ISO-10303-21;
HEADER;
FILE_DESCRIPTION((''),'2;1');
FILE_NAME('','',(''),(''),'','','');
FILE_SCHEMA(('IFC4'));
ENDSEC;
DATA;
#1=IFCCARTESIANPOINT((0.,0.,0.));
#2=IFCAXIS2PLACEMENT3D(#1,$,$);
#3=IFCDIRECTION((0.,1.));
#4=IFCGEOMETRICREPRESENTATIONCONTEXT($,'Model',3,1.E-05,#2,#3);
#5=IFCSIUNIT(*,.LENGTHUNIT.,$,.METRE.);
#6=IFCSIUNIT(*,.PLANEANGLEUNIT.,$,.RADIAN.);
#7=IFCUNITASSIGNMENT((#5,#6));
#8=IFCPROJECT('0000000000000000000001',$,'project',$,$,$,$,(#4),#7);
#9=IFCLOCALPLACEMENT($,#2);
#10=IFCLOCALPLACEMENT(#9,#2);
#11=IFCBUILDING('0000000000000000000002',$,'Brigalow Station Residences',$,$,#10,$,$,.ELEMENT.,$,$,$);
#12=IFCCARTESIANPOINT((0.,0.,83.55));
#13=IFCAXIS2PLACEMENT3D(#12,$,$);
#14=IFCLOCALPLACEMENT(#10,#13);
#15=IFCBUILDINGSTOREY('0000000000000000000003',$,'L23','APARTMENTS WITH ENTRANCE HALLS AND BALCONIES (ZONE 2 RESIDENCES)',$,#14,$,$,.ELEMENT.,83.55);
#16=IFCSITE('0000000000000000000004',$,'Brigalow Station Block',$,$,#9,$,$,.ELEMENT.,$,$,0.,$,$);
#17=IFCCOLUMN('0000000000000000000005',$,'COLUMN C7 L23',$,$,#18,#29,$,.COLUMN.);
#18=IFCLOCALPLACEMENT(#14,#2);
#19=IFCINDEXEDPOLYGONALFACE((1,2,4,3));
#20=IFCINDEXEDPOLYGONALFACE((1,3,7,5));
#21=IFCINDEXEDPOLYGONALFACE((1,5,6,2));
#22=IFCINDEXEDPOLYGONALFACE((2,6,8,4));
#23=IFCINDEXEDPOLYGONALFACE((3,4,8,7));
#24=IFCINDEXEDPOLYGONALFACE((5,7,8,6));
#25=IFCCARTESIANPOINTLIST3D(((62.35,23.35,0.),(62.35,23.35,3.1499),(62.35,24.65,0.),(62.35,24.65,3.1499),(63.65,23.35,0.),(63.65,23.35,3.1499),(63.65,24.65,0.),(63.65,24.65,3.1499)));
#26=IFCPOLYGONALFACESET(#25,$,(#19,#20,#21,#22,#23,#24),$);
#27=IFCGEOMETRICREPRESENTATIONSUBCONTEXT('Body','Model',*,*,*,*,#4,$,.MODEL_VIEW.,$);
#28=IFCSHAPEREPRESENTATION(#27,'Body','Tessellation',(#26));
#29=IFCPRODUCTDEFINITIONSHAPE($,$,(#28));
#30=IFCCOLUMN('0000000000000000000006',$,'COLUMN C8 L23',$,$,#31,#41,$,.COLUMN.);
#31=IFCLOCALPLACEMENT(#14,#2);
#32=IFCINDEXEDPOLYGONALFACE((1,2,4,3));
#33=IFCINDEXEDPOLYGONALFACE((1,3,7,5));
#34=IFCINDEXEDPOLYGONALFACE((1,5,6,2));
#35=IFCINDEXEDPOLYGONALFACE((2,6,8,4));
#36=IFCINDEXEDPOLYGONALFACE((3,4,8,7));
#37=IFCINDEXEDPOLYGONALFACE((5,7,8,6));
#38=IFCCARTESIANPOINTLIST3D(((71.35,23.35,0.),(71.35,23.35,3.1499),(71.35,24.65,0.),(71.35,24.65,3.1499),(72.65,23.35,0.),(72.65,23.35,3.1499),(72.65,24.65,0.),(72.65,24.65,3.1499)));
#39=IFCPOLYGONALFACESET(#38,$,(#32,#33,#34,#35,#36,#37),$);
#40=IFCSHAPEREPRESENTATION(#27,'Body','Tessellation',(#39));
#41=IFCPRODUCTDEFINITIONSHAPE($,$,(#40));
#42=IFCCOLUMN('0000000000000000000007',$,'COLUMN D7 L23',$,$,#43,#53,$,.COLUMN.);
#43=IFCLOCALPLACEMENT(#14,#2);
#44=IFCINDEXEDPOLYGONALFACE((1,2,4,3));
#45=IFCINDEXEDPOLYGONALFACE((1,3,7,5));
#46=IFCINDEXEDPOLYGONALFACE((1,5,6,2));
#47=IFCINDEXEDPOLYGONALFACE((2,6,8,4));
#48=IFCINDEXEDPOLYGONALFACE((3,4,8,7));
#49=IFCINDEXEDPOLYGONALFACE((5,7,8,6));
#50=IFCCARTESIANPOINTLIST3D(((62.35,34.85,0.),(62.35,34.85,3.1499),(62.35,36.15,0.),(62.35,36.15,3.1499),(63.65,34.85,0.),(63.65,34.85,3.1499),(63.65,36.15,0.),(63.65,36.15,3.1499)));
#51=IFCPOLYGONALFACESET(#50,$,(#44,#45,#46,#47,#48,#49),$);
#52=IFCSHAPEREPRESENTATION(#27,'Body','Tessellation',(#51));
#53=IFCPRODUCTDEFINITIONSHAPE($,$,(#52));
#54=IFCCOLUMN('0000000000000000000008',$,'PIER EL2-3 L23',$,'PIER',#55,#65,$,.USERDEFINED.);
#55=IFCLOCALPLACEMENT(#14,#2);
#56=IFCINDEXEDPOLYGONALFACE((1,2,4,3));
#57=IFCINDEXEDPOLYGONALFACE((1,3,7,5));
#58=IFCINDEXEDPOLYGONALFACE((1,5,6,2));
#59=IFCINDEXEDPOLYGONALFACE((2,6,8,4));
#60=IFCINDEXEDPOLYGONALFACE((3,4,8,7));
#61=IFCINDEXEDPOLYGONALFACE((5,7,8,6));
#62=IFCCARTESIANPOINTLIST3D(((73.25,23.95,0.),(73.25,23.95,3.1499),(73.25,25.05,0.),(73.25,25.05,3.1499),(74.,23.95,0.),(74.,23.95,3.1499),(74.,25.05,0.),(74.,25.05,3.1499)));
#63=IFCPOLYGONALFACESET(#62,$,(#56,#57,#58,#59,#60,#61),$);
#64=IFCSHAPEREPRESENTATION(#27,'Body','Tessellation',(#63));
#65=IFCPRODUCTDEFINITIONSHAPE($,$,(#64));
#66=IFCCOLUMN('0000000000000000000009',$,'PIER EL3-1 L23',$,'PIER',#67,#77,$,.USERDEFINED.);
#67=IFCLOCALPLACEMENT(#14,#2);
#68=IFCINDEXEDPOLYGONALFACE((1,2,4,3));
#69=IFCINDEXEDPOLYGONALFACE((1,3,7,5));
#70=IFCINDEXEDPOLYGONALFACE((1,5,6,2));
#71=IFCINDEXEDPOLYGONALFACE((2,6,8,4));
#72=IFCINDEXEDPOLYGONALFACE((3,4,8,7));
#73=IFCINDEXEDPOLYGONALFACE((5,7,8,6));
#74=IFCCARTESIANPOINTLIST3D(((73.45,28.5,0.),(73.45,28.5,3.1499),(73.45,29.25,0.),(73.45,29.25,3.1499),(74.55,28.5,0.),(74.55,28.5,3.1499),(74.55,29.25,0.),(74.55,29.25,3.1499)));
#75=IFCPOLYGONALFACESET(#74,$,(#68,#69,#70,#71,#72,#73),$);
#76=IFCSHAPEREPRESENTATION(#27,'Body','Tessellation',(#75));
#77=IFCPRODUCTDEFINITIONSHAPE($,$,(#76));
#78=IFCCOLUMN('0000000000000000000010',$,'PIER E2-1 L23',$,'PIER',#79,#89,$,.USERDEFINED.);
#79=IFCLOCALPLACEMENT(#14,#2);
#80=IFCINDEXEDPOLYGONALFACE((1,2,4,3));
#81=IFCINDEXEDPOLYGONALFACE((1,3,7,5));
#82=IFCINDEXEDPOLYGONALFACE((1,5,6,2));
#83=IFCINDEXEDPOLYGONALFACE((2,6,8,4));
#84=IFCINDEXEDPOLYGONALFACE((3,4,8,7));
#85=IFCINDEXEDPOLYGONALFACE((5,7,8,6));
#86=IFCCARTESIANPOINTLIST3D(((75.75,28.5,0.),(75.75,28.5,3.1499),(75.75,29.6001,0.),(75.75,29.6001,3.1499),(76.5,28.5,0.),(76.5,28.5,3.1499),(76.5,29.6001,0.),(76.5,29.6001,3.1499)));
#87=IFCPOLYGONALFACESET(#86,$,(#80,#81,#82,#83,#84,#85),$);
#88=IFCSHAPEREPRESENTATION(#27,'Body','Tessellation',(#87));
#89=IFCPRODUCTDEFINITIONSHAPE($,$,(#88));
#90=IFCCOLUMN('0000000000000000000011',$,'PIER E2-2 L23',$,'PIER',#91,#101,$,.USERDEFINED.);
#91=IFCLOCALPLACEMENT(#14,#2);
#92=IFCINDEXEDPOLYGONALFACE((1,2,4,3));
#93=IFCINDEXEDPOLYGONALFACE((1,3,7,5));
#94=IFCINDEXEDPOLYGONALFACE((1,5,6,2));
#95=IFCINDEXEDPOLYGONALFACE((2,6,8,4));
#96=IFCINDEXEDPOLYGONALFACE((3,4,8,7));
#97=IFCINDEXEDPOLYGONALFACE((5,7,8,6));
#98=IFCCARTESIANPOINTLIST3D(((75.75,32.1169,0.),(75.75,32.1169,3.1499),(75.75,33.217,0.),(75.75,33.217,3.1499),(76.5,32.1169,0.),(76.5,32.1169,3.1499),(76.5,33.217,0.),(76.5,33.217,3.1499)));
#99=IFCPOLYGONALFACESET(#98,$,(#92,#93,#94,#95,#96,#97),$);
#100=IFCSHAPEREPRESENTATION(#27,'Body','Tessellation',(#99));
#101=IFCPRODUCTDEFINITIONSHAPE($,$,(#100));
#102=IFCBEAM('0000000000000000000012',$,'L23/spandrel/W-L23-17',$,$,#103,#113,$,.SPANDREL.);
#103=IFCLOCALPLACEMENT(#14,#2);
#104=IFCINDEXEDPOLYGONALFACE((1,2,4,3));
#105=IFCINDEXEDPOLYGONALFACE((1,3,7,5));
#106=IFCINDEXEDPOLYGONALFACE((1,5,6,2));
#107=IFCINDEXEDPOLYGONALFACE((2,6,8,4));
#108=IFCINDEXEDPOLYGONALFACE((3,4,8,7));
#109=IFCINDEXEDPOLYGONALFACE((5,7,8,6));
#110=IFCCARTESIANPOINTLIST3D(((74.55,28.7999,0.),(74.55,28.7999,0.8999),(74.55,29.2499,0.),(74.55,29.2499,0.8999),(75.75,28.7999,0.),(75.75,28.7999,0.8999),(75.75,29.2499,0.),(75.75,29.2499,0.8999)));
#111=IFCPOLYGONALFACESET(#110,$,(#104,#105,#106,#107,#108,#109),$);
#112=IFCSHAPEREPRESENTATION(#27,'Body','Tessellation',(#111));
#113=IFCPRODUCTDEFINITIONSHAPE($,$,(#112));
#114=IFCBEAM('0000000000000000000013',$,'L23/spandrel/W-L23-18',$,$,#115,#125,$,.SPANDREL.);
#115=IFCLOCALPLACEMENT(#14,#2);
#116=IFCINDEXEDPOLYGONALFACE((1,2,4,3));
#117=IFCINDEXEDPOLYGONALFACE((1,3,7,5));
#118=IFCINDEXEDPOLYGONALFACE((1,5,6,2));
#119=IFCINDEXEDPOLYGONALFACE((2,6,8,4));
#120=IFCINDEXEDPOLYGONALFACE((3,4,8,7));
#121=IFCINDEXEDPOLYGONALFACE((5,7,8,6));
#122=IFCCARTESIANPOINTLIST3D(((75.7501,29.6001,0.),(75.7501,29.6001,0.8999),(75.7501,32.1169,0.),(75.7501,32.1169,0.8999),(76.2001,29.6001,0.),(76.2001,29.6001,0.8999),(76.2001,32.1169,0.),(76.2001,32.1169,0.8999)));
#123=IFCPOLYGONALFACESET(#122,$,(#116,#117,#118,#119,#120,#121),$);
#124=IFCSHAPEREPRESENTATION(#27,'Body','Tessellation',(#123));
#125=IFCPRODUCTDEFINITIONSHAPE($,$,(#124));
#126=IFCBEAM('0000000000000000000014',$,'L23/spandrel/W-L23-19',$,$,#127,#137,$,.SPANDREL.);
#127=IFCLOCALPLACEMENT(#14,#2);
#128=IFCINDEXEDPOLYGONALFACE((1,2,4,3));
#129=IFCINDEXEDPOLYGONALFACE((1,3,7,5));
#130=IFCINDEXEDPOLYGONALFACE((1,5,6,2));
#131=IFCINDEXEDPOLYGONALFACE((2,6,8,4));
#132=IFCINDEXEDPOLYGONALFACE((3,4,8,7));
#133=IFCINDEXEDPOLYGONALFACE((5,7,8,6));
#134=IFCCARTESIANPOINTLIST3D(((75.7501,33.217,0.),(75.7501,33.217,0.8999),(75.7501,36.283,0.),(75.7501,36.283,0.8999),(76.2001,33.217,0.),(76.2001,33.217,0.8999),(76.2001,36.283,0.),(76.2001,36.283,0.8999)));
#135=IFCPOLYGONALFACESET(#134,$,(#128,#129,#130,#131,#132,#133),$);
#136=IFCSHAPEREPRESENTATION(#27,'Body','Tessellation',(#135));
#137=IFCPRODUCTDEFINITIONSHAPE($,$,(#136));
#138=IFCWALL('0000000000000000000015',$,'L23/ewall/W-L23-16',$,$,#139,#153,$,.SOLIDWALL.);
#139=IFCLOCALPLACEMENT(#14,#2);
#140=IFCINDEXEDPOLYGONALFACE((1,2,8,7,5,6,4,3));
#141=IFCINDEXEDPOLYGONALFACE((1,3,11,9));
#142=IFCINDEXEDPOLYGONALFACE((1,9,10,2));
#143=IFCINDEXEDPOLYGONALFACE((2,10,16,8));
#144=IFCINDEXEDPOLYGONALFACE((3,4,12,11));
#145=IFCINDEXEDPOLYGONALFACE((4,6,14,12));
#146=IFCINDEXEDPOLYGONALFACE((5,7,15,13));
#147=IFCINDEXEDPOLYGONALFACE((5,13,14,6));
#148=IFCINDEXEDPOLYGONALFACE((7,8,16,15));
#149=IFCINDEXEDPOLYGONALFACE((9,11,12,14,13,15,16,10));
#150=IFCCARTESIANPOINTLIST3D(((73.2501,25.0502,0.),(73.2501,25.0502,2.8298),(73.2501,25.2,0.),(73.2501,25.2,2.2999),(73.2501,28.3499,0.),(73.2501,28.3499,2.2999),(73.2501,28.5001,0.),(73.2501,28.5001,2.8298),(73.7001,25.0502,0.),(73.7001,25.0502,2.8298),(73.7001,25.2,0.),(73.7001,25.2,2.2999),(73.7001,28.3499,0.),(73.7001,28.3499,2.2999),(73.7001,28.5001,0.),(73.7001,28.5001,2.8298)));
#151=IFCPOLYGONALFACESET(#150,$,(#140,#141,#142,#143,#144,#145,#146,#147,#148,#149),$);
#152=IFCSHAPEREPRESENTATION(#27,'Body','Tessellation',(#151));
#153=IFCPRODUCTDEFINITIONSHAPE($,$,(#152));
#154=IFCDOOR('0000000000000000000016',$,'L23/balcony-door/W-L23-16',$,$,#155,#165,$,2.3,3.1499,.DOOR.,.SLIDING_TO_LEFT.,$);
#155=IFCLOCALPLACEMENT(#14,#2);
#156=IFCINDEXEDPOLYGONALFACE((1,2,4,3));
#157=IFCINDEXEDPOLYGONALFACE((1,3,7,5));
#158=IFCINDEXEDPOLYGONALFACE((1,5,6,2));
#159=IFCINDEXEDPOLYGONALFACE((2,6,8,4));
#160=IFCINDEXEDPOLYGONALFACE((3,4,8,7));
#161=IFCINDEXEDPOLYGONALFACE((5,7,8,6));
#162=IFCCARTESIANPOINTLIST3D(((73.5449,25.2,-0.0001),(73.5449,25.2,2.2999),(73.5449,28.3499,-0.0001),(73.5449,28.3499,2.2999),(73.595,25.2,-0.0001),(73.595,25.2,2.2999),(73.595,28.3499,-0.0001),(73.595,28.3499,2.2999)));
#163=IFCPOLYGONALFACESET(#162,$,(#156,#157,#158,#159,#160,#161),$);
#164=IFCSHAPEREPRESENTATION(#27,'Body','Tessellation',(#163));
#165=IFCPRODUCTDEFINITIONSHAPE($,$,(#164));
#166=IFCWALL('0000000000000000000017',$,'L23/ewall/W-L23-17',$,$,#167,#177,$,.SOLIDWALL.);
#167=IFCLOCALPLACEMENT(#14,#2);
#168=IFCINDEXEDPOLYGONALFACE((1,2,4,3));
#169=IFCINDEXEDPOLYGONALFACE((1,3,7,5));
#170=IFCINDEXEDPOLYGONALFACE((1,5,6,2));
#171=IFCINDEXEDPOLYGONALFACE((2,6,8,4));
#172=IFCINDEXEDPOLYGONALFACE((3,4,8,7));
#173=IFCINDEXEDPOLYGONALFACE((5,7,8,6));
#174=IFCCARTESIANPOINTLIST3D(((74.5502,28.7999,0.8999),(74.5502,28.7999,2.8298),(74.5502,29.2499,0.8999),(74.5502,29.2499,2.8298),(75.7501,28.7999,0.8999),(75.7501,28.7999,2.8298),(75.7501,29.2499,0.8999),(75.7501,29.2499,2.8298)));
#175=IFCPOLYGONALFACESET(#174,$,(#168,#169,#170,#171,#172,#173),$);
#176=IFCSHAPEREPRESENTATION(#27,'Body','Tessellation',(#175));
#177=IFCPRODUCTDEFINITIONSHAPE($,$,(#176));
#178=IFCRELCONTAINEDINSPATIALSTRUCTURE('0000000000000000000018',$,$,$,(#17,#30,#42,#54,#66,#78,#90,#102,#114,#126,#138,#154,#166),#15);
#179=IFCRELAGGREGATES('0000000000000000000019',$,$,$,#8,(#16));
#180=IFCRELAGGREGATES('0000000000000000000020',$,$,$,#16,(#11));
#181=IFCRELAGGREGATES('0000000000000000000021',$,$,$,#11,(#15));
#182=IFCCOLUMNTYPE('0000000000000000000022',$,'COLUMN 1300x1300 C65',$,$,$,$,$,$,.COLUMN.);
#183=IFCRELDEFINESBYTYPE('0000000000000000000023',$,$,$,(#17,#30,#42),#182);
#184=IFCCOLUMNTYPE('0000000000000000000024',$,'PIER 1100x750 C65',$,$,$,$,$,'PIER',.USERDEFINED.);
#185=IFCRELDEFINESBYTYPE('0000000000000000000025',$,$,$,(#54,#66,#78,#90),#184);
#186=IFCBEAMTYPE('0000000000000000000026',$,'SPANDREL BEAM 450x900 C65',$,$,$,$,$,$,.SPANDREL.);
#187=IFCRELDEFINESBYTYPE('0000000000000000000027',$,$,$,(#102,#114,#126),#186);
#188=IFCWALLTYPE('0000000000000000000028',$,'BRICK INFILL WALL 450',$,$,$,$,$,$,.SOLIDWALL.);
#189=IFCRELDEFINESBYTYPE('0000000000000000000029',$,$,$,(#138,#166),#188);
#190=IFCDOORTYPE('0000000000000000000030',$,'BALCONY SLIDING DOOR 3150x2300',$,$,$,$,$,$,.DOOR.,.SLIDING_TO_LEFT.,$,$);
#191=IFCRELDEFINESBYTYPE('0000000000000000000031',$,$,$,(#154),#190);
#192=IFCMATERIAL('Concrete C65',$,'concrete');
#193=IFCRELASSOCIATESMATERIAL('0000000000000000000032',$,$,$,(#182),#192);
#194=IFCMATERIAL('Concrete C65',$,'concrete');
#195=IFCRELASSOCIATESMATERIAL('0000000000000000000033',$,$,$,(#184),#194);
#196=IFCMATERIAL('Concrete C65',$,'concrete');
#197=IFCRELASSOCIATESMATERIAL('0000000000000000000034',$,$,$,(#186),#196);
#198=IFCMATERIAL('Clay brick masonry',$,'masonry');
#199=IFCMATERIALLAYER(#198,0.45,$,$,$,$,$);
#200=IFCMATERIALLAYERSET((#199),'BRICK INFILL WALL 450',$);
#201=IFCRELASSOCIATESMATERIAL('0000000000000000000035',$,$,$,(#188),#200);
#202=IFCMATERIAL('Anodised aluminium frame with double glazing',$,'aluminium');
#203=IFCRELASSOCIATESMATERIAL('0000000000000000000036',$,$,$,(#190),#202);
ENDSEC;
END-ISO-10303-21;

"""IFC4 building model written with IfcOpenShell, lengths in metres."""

from ifc_helpers import new_model, si_unit, direction, frame, frame_2d, origin, origin_2d, place, context, subcontext, project, spatial, rectangle, extrude, material, layer, layer_set, material_profile, profile_set, type_object, element, fill, save


model = new_model("IFC4")

# Units and contexts
model_context = context("Model", 3, precision=1e-05, world=origin(), true_north=direction((0.0, 1.0)))
body_context = subcontext(model_context, "Body", "Model", "MODEL_VIEW")
ifc_project = project(units=[si_unit("LENGTHUNIT", "METRE"), si_unit("PLANEANGLEUNIT", "RADIAN")], contexts=[model_context])

# Site, building, storey
site_placement = place(None, origin())
site = spatial("IfcSite", under=ifc_project, at=site_placement, Name="Brigalow Station Block", CompositionType="ELEMENT", RefElevation=0.0)
building_placement = place(site_placement, origin())
building = spatial("IfcBuilding", under=site, at=building_placement, Name="Brigalow Station Residences", CompositionType="ELEMENT")
storey_placement = place(building_placement, frame((0.0, 0.0, 83.55)))
storey = spatial("IfcBuildingStorey", under=building, at=storey_placement, Name="L23", Description="APARTMENTS WITH ENTRANCE HALLS AND BALCONIES (ZONE 2 RESIDENCES)", CompositionType="ELEMENT", Elevation=83.55)

# Columns
ifc_material_1 = material(Name="Concrete C65", Category="concrete")
ifc_material_profile_1 = material_profile(ifc_material_1, rectangle(XDim=1.3, YDim=1.3, at=origin_2d()), Name="RC1300x1300")
ifc_profile_set_1 = profile_set([ifc_material_profile_1], Name="Concrete C65")
column_type_1 = type_object("IfcColumnType", Name="COLUMN 1300x1300 C65", PredefinedType="COLUMN", material=ifc_profile_set_1)
for number, where, z_axis, x_axis, name in (
    (1, (63.0, 24.0, 0.0), (0.0, 0.0, 1.0), (1.0, 0.0, 0.0), "COLUMN C7 L23"),
    (2, (72.0, 24.0, 0.0), (0.0, 0.0, 1.0), (1.0, 0.0, 0.0), "COLUMN C8 L23"),
    (3, (63.0, 35.5, 0.0), (0.0, 0.0, 1.0), (1.0, 0.0, 0.0), "COLUMN D7 L23"),
):
    element("IfcColumn", number, at=place(storey_placement, frame(where, z_axis=z_axis, x_axis=x_axis)), inside=storey, type_object=column_type_1, Name=name, PredefinedType="COLUMN", context=body_context, shape_type="SweptSolid", body=[
        extrude(rectangle(XDim=1.3, YDim=1.3, at=origin_2d()), origin(), (0.0, 0.0, 1.0), 3.1499),
    ])
ifc_material_2 = material(Name="Concrete C65", Category="concrete")
ifc_material_profile_2 = material_profile(ifc_material_2, rectangle(XDim=1.1001, YDim=0.75, at=origin_2d()), Name="RC1100x750")
ifc_profile_set_2 = profile_set([ifc_material_profile_2], Name="Concrete C65")
column_type_2 = type_object("IfcColumnType", Name="PIER 1100x750 C65", ElementType="PIER", PredefinedType="USERDEFINED", material=ifc_profile_set_2)
for number, where, z_axis, x_axis, name in (
    (4, (73.625, 24.5, 0.0), (0.0, 0.0, 1.0), (0.0, 1.0, 0.0), "PIER EL2-3 L23"),
    (5, (74.0, 28.875, 0.0), (0.0, 0.0, 1.0), (1.0, 0.0, 0.0), "PIER EL3-1 L23"),
    (6, (76.125, 29.05, 0.0), (0.0, 0.0, 1.0), (0.0, 1.0, 0.0), "PIER E2-1 L23"),
    (7, (76.125, 32.667, 0.0), (0.0, 0.0, 1.0), (0.0, 1.0, 0.0), "PIER E2-2 L23"),
):
    element("IfcColumn", number, at=place(storey_placement, frame(where, z_axis=z_axis, x_axis=x_axis)), inside=storey, type_object=column_type_2, Name=name, ObjectType="PIER", PredefinedType="USERDEFINED", context=body_context, shape_type="SweptSolid", body=[
        extrude(rectangle(XDim=1.1001, YDim=0.75, at=origin_2d()), origin(), (0.0, 0.0, 1.0), 3.1499),
    ])

# Beams
ifc_material_3 = material(Name="Concrete C65", Category="concrete")
ifc_material_profile_3 = material_profile(ifc_material_3, rectangle(XDim=0.45, YDim=0.8999, at=origin_2d()), Name="RC450x900")
ifc_profile_set_3 = profile_set([ifc_material_profile_3], Name="Concrete C65")
beam_type = type_object("IfcBeamType", Name="SPANDREL BEAM 450x900 C65", PredefinedType="SPANDREL", material=ifc_profile_set_3)
beam_1_placement = place(storey_placement, frame((74.55, 29.0249, 0.45), z_axis=(1.0, 0.0, 0.0), x_axis=(0.0, 1.0, 0.0)))
element("IfcBeam", 8, at=beam_1_placement, inside=storey, type_object=beam_type, Name="L23/spandrel/W-L23-17", PredefinedType="SPANDREL", context=body_context, shape_type="SweptSolid", body=[
    extrude(rectangle(XDim=0.45, YDim=0.8999, at=origin_2d()), origin(), (0.0, 0.0, 1.0), 1.2),
])
beam_2_placement = place(storey_placement, frame((75.9751, 29.6001, 0.45), z_axis=(0.0, 1.0, 0.0), x_axis=(-1.0, 0.0, 0.0)))
element("IfcBeam", 9, at=beam_2_placement, inside=storey, type_object=beam_type, Name="L23/spandrel/W-L23-18", PredefinedType="SPANDREL", context=body_context, shape_type="SweptSolid", body=[
    extrude(rectangle(XDim=0.45, YDim=0.8999, at=origin_2d()), origin(), (0.0, 0.0, 1.0), 2.5168),
])
beam_3_placement = place(storey_placement, frame((75.9751, 33.217, 0.45), z_axis=(0.0, 1.0, 0.0), x_axis=(-1.0, 0.0, 0.0)))
element("IfcBeam", 10, at=beam_3_placement, inside=storey, type_object=beam_type, Name="L23/spandrel/W-L23-19", PredefinedType="SPANDREL", context=body_context, shape_type="SweptSolid", body=[
    extrude(rectangle(XDim=0.45, YDim=0.8999, at=origin_2d()), origin(), (0.0, 0.0, 1.0), 3.0659),
])

# Wall, opening, door
ifc_material_4 = material(Name="Clay brick masonry", Category="masonry")
ifc_layer_1 = layer(ifc_material_4, 0.45)
ifc_layer_set_1 = layer_set([ifc_layer_1], Name="BRICK INFILL WALL 450")
wall_type_1 = type_object("IfcWallType", Name="BRICK INFILL WALL 450", PredefinedType="SOLIDWALL", material=ifc_layer_set_1)
wall_1_placement = place(storey_placement, frame((73.4751, 25.05, 0.0), z_axis=(0.0, 0.0, 1.0), x_axis=(0.0, 1.0, 0.0)))
wall_1 = element("IfcWall", 11, at=wall_1_placement, inside=storey, type_object=wall_type_1, Name="L23/ewall/W-L23-16", PredefinedType="SOLIDWALL", context=body_context, shape_type="SweptSolid", body=[
    extrude(rectangle(XDim=3.45, YDim=0.45, at=frame_2d((1.7251, 0.0))), origin(), (0.0, 0.0, 1.0), 2.8298),
])
opening_1_placement = place(wall_1_placement, frame((0.1499, 0.0, 0.0)))
opening_1 = element("IfcOpeningElement", 12, at=opening_1_placement, cuts=wall_1, PredefinedType="OPENING", context=body_context, shape_type="SweptSolid", body=[
    extrude(rectangle(XDim=3.1499, YDim=2.3, at=frame_2d((1.575, 1.1499))), frame((0.0, 0.2349, 0.0), z_axis=(0.0, -1.0, 0.0), x_axis=(1.0, 0.0, 0.0)), (0.0, 0.0, 1.0), 0.47),
])
ifc_material_5 = material(Name="Anodised aluminium frame with double glazing", Category="aluminium")
door_type_1 = type_object("IfcDoorType", Name="BALCONY SLIDING DOOR 3150x2300", OperationType="SLIDING_TO_LEFT", PredefinedType="DOOR", material=ifc_material_5)
door_1_placement = place(opening_1_placement, origin())
door_1 = element("IfcDoor", 13, at=door_1_placement, inside=storey, type_object=door_type_1, Name="L23/balcony-door/W-L23-16", OperationType="SLIDING_TO_LEFT", OverallHeight=2.3, OverallWidth=3.1499, PredefinedType="DOOR", context=body_context, shape_type="SweptSolid", body=[
    extrude(rectangle(XDim=3.1499, YDim=2.3, at=frame_2d((1.575, 1.1499))), frame((0.0, -0.0698, 0.0), z_axis=(0.0, -1.0, 0.0), x_axis=(1.0, 0.0, 0.0)), (0.0, 0.0, 1.0), 0.05),
])
fill(opening_1, door_1)

# Wall
wall_2_placement = place(storey_placement, frame((74.55, 29.0249, 0.8999), z_axis=(0.0, 0.0, 1.0), x_axis=(1.0, 0.0, 0.0)))
element("IfcWall", 14, at=wall_2_placement, inside=storey, type_object=wall_type_1, Name="L23/ewall/W-L23-17", PredefinedType="SOLIDWALL", context=body_context, shape_type="SweptSolid", body=[
    extrude(rectangle(XDim=1.2, YDim=0.45, at=frame_2d((0.6001, 0.0))), origin(), (0.0, 0.0, 1.0), 1.9299),
])

save(model, "model.ifc")
